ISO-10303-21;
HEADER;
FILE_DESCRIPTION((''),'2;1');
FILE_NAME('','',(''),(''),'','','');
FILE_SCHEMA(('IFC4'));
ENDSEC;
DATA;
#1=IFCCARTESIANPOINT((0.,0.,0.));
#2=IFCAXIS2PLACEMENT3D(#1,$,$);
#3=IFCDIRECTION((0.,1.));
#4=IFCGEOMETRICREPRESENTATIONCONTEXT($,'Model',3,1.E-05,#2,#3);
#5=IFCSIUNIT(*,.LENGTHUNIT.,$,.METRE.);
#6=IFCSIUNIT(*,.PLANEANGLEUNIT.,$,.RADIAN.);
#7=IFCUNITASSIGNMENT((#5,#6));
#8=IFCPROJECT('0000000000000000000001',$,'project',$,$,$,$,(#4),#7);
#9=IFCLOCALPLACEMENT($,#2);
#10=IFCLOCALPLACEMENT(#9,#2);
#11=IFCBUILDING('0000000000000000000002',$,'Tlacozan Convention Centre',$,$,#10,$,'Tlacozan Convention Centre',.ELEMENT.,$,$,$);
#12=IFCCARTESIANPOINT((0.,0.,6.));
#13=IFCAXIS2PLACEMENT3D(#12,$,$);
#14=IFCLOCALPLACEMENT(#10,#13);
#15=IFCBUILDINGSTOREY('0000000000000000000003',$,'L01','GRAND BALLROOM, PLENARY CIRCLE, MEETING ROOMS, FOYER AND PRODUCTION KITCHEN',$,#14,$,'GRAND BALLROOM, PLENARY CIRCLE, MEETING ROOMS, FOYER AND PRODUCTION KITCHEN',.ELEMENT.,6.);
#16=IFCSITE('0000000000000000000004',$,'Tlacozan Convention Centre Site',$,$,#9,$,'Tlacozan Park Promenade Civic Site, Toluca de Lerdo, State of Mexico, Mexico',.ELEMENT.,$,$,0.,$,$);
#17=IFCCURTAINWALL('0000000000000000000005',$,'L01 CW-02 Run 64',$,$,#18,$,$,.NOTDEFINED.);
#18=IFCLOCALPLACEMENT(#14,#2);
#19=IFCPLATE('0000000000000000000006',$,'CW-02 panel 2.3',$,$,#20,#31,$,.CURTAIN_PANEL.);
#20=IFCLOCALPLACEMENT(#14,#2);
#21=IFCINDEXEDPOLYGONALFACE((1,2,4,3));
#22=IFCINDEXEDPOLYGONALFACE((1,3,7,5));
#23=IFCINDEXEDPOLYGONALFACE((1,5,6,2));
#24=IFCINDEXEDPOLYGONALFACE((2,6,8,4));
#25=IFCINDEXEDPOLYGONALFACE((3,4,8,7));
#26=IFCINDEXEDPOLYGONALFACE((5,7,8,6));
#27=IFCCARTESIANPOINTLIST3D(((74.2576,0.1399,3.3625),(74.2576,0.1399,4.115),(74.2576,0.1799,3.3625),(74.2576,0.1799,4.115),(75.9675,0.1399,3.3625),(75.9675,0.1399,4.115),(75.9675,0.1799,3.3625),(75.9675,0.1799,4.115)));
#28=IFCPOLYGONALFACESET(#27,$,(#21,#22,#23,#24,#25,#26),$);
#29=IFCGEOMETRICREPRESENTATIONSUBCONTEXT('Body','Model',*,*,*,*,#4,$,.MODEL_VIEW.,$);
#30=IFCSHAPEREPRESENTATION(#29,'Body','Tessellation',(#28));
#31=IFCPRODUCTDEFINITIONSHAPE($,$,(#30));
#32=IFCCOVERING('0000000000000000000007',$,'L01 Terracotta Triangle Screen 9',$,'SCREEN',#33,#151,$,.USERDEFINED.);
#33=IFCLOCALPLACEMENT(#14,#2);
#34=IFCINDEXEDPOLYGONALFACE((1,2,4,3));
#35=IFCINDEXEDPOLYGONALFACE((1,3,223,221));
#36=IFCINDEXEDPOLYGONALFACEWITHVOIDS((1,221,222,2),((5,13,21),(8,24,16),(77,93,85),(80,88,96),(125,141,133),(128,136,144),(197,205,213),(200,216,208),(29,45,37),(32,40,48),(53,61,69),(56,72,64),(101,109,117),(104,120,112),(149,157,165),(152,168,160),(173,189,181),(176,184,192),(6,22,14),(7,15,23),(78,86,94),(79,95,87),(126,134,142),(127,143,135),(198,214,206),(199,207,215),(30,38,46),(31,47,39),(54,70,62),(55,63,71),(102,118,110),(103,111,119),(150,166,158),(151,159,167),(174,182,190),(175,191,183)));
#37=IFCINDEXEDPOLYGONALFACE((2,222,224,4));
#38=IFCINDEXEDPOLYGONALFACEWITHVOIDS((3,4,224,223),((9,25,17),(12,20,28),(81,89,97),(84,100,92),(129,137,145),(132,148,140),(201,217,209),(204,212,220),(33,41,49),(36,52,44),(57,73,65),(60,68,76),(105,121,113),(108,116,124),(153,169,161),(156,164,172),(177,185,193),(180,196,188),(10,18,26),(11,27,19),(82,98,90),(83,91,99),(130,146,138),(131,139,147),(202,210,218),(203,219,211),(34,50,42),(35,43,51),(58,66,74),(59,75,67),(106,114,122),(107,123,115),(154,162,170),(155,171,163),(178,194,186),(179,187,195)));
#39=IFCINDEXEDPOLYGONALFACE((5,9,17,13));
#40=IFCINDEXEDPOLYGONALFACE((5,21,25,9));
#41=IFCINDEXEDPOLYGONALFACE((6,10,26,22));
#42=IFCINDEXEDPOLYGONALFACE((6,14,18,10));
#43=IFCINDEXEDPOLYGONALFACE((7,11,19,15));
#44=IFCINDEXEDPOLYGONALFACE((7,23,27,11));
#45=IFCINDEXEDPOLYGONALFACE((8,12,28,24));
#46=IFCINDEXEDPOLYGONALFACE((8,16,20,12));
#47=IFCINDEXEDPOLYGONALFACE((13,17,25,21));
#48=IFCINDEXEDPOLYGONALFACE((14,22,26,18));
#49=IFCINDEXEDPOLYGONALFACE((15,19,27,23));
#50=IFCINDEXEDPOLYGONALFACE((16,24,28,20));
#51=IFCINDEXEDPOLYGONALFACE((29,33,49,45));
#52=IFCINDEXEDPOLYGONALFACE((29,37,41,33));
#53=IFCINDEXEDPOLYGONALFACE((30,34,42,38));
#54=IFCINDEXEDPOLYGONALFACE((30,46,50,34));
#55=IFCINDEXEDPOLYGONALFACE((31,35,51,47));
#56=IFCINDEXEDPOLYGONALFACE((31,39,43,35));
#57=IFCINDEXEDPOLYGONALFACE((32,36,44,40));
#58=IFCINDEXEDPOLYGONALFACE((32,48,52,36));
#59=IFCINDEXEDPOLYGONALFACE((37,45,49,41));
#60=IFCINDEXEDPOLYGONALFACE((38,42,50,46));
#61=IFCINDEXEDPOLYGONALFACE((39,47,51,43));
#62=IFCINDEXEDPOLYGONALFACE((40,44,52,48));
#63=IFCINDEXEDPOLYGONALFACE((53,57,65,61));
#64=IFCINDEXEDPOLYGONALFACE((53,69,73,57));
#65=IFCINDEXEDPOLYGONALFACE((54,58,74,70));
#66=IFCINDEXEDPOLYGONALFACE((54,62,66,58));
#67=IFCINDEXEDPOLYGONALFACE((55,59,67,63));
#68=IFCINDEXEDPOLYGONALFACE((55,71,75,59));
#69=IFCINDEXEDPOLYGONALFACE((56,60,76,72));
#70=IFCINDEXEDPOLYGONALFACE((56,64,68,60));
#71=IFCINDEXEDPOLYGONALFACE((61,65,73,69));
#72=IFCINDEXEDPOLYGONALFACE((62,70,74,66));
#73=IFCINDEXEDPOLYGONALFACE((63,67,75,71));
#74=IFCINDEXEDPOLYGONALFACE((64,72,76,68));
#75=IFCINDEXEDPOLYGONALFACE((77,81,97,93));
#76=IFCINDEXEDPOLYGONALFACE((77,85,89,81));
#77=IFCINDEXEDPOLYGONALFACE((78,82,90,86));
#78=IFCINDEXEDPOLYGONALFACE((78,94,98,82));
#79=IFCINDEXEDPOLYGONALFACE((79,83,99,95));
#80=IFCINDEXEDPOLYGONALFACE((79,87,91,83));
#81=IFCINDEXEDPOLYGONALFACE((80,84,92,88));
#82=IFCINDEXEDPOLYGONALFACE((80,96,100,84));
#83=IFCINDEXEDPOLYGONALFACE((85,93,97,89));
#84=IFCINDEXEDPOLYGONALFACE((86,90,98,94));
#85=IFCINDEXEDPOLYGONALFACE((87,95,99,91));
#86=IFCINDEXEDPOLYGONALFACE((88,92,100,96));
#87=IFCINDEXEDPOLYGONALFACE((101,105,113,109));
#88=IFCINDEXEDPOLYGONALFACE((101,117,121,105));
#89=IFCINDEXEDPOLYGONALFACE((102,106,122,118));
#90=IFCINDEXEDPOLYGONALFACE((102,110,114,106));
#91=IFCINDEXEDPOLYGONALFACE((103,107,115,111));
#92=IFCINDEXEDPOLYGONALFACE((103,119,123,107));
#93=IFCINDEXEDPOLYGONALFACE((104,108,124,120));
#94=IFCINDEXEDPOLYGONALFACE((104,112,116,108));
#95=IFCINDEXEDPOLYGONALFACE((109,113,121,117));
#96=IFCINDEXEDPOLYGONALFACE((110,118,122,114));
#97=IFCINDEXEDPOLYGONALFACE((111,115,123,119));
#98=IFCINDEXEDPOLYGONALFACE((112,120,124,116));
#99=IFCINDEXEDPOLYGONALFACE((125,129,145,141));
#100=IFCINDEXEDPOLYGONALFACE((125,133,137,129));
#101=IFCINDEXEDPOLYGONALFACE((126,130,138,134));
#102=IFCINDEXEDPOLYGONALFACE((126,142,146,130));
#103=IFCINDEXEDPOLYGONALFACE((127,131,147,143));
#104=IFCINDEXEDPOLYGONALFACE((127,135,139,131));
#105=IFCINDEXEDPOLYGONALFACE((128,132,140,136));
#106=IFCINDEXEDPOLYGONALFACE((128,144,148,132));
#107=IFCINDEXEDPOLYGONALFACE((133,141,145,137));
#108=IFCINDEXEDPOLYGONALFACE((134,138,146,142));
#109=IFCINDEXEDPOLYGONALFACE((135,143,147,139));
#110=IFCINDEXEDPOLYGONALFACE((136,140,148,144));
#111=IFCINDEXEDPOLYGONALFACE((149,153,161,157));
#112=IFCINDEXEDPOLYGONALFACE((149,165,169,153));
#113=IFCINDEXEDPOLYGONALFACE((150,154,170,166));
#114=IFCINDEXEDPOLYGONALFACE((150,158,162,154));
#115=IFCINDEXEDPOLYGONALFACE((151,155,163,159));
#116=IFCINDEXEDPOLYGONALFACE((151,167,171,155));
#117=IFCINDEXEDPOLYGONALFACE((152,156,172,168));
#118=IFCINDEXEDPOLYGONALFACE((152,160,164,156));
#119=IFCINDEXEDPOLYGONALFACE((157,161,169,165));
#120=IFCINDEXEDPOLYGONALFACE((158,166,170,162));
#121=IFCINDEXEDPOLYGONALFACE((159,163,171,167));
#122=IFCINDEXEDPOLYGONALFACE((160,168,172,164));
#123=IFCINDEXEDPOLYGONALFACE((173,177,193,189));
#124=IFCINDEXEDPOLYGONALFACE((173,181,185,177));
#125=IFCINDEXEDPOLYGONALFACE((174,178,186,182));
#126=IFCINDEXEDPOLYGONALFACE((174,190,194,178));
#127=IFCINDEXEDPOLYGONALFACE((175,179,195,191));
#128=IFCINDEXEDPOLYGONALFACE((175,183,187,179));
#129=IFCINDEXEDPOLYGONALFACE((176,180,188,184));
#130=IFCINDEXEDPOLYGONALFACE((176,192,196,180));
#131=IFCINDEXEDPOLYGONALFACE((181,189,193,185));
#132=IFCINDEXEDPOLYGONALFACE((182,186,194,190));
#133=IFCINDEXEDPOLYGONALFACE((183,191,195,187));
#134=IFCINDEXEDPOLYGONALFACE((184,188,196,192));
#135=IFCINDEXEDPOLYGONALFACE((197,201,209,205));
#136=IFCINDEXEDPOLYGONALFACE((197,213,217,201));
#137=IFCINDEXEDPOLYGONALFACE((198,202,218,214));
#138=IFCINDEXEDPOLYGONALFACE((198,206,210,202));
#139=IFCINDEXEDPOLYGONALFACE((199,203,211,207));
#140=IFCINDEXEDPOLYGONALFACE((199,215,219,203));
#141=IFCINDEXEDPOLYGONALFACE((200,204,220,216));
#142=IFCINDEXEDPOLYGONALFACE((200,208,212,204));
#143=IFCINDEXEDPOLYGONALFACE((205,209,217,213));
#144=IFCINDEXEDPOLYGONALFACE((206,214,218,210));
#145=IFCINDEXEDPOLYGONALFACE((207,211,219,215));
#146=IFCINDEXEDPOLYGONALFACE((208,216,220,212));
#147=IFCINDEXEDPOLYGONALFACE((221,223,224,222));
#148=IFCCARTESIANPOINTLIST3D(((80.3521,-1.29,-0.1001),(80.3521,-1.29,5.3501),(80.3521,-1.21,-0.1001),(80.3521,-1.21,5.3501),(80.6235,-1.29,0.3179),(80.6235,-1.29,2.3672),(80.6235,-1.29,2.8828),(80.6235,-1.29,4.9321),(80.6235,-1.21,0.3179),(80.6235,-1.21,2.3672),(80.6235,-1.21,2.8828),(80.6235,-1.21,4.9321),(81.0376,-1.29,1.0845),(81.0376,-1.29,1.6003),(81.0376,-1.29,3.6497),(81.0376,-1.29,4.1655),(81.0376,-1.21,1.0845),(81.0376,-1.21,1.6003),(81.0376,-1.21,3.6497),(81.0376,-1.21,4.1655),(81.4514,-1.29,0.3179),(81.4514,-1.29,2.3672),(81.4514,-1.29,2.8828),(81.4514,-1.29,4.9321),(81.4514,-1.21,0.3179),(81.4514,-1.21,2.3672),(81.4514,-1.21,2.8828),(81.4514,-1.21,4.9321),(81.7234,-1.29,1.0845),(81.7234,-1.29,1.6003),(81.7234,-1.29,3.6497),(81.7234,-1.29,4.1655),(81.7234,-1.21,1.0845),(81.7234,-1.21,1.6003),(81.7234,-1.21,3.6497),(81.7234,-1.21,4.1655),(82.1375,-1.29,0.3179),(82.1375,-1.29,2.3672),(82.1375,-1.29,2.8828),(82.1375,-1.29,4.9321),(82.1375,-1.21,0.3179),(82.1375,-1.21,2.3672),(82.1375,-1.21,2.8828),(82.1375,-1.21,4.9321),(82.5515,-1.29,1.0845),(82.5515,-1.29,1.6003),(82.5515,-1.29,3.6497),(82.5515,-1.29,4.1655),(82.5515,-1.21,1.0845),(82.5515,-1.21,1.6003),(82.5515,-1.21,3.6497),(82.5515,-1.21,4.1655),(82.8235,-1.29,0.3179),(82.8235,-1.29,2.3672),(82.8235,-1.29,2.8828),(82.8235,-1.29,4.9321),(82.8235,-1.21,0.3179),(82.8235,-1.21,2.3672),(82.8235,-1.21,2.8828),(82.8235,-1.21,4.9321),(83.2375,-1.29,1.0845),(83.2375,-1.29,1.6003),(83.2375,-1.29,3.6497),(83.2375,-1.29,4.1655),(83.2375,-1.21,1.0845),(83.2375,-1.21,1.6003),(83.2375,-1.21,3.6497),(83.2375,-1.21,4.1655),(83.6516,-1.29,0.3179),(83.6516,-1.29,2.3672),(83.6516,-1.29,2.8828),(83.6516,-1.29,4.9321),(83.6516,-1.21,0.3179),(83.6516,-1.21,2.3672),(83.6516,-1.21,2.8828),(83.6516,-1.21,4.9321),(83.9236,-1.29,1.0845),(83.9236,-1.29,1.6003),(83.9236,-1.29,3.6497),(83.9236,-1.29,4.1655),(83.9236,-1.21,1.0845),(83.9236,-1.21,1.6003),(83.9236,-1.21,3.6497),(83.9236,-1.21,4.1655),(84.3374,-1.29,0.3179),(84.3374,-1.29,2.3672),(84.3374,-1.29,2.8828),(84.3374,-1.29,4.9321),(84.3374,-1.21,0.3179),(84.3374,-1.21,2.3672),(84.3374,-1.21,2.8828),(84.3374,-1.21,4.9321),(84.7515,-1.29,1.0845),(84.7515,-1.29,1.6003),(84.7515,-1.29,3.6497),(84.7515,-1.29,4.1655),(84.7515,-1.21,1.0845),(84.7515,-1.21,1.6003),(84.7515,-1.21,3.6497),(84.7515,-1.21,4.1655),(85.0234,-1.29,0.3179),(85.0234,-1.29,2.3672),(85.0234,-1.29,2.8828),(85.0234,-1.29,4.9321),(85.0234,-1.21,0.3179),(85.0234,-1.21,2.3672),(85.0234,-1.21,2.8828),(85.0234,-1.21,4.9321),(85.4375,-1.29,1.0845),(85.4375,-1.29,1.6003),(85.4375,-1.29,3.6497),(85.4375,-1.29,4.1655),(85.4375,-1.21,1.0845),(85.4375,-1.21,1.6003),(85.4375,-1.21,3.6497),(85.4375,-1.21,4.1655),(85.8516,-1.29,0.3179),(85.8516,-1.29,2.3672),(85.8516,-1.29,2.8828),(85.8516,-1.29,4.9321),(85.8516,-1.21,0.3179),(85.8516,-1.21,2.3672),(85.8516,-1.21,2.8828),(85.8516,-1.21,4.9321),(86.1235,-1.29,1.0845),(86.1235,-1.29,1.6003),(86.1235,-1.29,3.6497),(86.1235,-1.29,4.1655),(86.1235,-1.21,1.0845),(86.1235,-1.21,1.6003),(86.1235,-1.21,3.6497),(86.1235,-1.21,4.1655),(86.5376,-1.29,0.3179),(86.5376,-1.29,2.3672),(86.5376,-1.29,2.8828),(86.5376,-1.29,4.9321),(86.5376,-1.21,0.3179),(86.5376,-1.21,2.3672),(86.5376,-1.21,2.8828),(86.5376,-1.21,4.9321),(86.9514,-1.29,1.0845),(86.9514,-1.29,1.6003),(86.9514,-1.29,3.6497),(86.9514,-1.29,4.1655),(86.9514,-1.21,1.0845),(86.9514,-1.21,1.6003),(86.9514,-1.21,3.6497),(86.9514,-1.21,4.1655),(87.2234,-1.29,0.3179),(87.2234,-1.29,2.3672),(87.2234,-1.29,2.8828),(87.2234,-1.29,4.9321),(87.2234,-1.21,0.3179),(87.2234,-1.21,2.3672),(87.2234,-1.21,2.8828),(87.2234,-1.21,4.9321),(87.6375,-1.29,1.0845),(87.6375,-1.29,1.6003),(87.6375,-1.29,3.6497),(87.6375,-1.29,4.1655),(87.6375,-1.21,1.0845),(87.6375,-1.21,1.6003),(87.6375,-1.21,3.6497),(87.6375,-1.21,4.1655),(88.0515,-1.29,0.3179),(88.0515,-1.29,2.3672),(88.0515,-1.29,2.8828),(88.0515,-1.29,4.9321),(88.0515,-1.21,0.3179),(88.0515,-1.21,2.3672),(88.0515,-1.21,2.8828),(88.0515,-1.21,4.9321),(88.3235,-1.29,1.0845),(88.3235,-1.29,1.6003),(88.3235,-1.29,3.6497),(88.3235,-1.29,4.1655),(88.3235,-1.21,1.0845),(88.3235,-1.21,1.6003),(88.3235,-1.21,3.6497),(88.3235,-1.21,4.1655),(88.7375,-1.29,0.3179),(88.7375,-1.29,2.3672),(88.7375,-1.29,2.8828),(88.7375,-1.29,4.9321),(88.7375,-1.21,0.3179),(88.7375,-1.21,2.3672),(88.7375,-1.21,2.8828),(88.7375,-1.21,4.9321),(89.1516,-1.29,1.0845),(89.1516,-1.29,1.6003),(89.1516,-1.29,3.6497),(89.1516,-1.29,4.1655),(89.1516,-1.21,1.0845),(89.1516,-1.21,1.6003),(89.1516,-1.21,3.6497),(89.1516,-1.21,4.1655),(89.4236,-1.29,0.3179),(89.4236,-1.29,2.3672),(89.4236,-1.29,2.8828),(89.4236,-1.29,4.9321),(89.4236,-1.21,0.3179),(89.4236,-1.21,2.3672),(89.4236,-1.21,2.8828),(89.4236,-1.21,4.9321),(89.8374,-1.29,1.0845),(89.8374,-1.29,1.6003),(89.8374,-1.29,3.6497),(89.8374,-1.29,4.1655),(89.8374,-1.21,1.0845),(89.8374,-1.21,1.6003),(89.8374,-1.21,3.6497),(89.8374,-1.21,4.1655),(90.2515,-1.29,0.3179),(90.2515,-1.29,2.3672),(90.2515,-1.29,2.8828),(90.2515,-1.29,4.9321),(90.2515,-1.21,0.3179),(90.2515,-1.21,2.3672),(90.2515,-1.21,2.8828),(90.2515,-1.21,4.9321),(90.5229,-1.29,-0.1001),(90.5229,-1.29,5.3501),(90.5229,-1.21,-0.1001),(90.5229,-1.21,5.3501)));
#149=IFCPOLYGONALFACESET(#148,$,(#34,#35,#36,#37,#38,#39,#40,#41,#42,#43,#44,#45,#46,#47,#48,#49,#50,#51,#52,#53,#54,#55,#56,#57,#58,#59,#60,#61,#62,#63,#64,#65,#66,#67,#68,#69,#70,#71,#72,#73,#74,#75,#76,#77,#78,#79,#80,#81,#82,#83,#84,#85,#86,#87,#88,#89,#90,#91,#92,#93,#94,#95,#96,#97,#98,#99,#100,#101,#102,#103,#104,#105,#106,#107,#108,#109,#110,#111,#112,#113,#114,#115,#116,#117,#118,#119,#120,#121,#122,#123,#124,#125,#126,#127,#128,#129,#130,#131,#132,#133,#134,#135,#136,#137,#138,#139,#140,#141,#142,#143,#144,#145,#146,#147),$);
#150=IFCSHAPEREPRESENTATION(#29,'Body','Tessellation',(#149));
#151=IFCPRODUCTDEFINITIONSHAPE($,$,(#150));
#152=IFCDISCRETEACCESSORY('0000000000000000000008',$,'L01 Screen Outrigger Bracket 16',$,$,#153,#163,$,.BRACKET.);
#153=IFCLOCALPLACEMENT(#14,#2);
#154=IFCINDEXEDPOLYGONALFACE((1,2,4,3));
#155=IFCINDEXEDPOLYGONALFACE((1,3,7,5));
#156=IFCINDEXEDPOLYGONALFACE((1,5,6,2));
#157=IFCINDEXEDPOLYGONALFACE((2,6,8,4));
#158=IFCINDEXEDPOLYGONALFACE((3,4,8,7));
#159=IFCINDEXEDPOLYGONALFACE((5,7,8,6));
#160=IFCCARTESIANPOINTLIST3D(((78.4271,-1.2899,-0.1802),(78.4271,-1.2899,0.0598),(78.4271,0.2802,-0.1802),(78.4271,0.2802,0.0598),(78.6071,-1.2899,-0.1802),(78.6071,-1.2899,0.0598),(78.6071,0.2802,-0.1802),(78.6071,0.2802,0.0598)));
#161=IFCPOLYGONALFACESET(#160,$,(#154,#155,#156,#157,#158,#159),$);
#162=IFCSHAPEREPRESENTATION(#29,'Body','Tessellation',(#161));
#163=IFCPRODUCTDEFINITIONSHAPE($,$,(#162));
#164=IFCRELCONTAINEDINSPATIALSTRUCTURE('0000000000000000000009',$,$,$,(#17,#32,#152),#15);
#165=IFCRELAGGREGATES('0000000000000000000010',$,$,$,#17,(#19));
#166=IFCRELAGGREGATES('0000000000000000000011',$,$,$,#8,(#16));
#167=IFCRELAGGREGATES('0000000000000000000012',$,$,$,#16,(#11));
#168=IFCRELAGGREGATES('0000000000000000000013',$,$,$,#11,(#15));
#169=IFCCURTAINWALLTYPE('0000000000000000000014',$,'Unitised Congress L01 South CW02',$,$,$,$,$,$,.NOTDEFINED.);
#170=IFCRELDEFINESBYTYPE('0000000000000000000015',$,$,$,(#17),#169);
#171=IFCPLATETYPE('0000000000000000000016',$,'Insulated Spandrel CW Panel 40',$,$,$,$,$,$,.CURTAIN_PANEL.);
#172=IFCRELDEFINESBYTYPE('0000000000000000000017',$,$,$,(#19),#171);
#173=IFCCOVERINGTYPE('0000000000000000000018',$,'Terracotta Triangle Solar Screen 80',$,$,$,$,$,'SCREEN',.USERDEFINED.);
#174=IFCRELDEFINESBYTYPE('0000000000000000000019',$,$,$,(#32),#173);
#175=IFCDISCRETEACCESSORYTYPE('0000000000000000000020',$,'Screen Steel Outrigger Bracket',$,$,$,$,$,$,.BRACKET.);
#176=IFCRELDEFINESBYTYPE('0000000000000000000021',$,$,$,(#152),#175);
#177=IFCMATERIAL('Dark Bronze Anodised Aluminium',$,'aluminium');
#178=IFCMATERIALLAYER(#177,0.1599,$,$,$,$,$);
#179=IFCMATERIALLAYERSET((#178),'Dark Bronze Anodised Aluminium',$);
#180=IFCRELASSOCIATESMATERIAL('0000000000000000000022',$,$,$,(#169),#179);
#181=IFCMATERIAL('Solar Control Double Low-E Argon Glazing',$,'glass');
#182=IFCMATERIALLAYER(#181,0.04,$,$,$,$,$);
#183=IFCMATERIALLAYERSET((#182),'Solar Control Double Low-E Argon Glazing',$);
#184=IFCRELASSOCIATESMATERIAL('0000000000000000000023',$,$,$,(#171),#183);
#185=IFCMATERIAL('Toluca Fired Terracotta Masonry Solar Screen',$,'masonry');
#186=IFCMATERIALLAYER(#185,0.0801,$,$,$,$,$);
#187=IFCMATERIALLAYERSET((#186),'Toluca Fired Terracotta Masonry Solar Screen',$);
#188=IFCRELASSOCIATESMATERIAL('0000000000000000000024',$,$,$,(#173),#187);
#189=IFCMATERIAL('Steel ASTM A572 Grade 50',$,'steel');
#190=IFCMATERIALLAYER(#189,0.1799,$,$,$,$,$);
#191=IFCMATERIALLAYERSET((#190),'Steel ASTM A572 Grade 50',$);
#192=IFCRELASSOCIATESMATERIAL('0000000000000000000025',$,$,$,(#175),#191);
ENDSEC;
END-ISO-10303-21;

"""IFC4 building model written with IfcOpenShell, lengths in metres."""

from ifc_helpers import new_model, si_unit, direction, frame, origin, origin_2d, place, context, subcontext, project, spatial, polyline, rectangle, outline, extrude, material, layer, layer_set, type_object, element, aggregate, save


model = new_model("IFC4")

# Units and contexts
model_context = context("Model", 3, precision=1e-05, world=origin(), true_north=direction((0.0, 1.0)))
body_context = subcontext(model_context, "Body", "Model", "MODEL_VIEW")
ifc_project = project(units=[si_unit("LENGTHUNIT", "METRE"), si_unit("PLANEANGLEUNIT", "RADIAN")], contexts=[model_context])

# Site, building, storey
site_placement = place(None, origin())
site = spatial("IfcSite", under=ifc_project, at=site_placement, Name="Tlacozan Convention Centre Site", LongName="Tlacozan Park Promenade Civic Site, Toluca de Lerdo, State of Mexico, Mexico", CompositionType="ELEMENT", RefElevation=0.0)
building_placement = place(site_placement, origin())
building = spatial("IfcBuilding", under=site, at=building_placement, Name="Tlacozan Convention Centre", LongName="Tlacozan Convention Centre", CompositionType="ELEMENT")
storey_placement = place(building_placement, frame((0.0, 0.0, 6.0)))
storey = spatial("IfcBuildingStorey", under=building, at=storey_placement, Name="L01", Description="GRAND BALLROOM, PLENARY CIRCLE, MEETING ROOMS, FOYER AND PRODUCTION KITCHEN", LongName="GRAND BALLROOM, PLENARY CIRCLE, MEETING ROOMS, FOYER AND PRODUCTION KITCHEN", CompositionType="ELEMENT", Elevation=6.0)

# Curtain wall
ifc_material_1 = material(Name="Dark Bronze Anodised Aluminium", Category="aluminium")
ifc_layer_1 = layer(ifc_material_1, 0.1599)
ifc_layer_set_1 = layer_set([ifc_layer_1], Name="Dark Bronze Anodised Aluminium")
curtain_wall_type = type_object("IfcCurtainWallType", Name="Unitised Congress L01 South CW02", PredefinedType="NOTDEFINED", material=ifc_layer_set_1)
curtain_wall_placement = place(storey_placement, origin())
curtain_wall = element("IfcCurtainWall", 1, at=curtain_wall_placement, inside=storey, type_object=curtain_wall_type, Name="L01 CW-02 Run 64", PredefinedType="NOTDEFINED")

# Plate
ifc_material_2 = material(Name="Solar Control Double Low-E Argon Glazing", Category="glass")
ifc_layer_2 = layer(ifc_material_2, 0.04)
ifc_layer_set_2 = layer_set([ifc_layer_2], Name="Solar Control Double Low-E Argon Glazing")
plate_type = type_object("IfcPlateType", Name="Insulated Spandrel CW Panel 40", PredefinedType="CURTAIN_PANEL", material=ifc_layer_set_2)
plate_1_placement = place(storey_placement, frame((75.1125, 0.1599, 3.3625), z_axis=(0.0, 0.0, 1.0), x_axis=(1.0, 0.0, 0.0)))
plate_1 = element("IfcPlate", 2, at=plate_1_placement, type_object=plate_type, Name="CW-02 panel 2.3", PredefinedType="CURTAIN_PANEL", context=body_context, shape_type="SweptSolid", body=[
    extrude(rectangle(XDim=1.71, YDim=0.04, at=origin_2d()), origin(), (0.0, 0.0, 1.0), 0.7524),
])
aggregate(curtain_wall, [plate_1])

# Covering
ifc_material_3 = material(Name="Toluca Fired Terracotta Masonry Solar Screen", Category="masonry")
ifc_layer_3 = layer(ifc_material_3, 0.0801)
ifc_layer_set_3 = layer_set([ifc_layer_3], Name="Toluca Fired Terracotta Masonry Solar Screen")
covering_type = type_object("IfcCoveringType", Name="Terracotta Triangle Solar Screen 80", ElementType="SCREEN", PredefinedType="USERDEFINED", material=ifc_layer_set_3)
covering_placement = place(storey_placement, frame((80.3521, -1.25, -0.1001), z_axis=(0.0, 0.0, 1.0), x_axis=(1.0, 0.0, 0.0)))
element("IfcCovering", 3, at=covering_placement, inside=storey, type_object=covering_type, Name="L01 Terracotta Triangle Screen 9", ObjectType="SCREEN", PredefinedType="USERDEFINED", context=body_context, shape_type="SweptSolid", body=[
    extrude(outline(polyline([(0.0, 0.0), (10.1709, 0.0), (10.1709, 5.4502), (0.0, 5.4502), (0.0, 0.0)]), holes=[polyline([(0.2715, 0.418), (1.0994, 0.418), (0.6855, 1.1846), (0.2715, 0.418)]), polyline([(1.3713, 1.1846), (2.1995, 1.1846), (1.7854, 0.418), (1.3713, 1.1846)]), polyline([(2.4714, 0.418), (3.2996, 0.418), (2.8855, 1.1846), (2.4714, 0.418)]), polyline([(3.5715, 1.1846), (4.3994, 1.1846), (3.9854, 0.418), (3.5715, 1.1846)]), polyline([(4.6714, 0.418), (5.4995, 0.418), (5.0854, 1.1846), (4.6714, 0.418)]), polyline([(5.7715, 1.1846), (6.5994, 1.1846), (6.1855, 0.418), (5.7715, 1.1846)]), polyline([(6.8713, 0.418), (7.6995, 0.418), (7.2854, 1.1846), (6.8713, 0.418)]), polyline([(7.9714, 1.1846), (8.7996, 1.1846), (8.3855, 0.418), (7.9714, 1.1846)]), polyline([(9.0715, 0.418), (9.8994, 0.418), (9.4854, 1.1846), (9.0715, 0.418)]), polyline([(0.2715, 2.4673), (1.0994, 2.4673), (0.6855, 1.7004), (0.2715, 2.4673)]), polyline([(1.3713, 1.7004), (2.1995, 1.7004), (1.7854, 2.4673), (1.3713, 1.7004)]), polyline([(2.4714, 2.4673), (3.2996, 2.4673), (2.8855, 1.7004), (2.4714, 2.4673)]), polyline([(3.5715, 1.7004), (4.3994, 1.7004), (3.9854, 2.4673), (3.5715, 1.7004)]), polyline([(4.6714, 2.4673), (5.4995, 2.4673), (5.0854, 1.7004), (4.6714, 2.4673)]), polyline([(5.7715, 1.7004), (6.5994, 1.7004), (6.1855, 2.4673), (5.7715, 1.7004)]), polyline([(6.8713, 2.4673), (7.6995, 2.4673), (7.2854, 1.7004), (6.8713, 2.4673)]), polyline([(7.9714, 1.7004), (8.7996, 1.7004), (8.3855, 2.4673), (7.9714, 1.7004)]), polyline([(9.0715, 2.4673), (9.8994, 2.4673), (9.4854, 1.7004), (9.0715, 2.4673)]), polyline([(0.2715, 2.9829), (1.0994, 2.9829), (0.6855, 3.7498), (0.2715, 2.9829)]), polyline([(1.3713, 3.7498), (2.1995, 3.7498), (1.7854, 2.9829), (1.3713, 3.7498)]), polyline([(2.4714, 2.9829), (3.2996, 2.9829), (2.8855, 3.7498), (2.4714, 2.9829)]), polyline([(3.5715, 3.7498), (4.3994, 3.7498), (3.9854, 2.9829), (3.5715, 3.7498)]), polyline([(4.6714, 2.9829), (5.4995, 2.9829), (5.0854, 3.7498), (4.6714, 2.9829)]), polyline([(5.7715, 3.7498), (6.5994, 3.7498), (6.1855, 2.9829), (5.7715, 3.7498)]), polyline([(6.8713, 2.9829), (7.6995, 2.9829), (7.2854, 3.7498), (6.8713, 2.9829)]), polyline([(7.9714, 3.7498), (8.7996, 3.7498), (8.3855, 2.9829), (7.9714, 3.7498)]), polyline([(9.0715, 2.9829), (9.8994, 2.9829), (9.4854, 3.7498), (9.0715, 2.9829)]), polyline([(0.2715, 5.0322), (1.0994, 5.0322), (0.6855, 4.2656), (0.2715, 5.0322)]), polyline([(1.3713, 4.2656), (2.1995, 4.2656), (1.7854, 5.0322), (1.3713, 4.2656)]), polyline([(2.4714, 5.0322), (3.2996, 5.0322), (2.8855, 4.2656), (2.4714, 5.0322)]), polyline([(3.5715, 4.2656), (4.3994, 4.2656), (3.9854, 5.0322), (3.5715, 4.2656)]), polyline([(4.6714, 5.0322), (5.4995, 5.0322), (5.0854, 4.2656), (4.6714, 5.0322)]), polyline([(5.7715, 4.2656), (6.5994, 4.2656), (6.1855, 5.0322), (5.7715, 4.2656)]), polyline([(6.8713, 5.0322), (7.6995, 5.0322), (7.2854, 4.2656), (6.8713, 5.0322)]), polyline([(7.9714, 4.2656), (8.7996, 4.2656), (8.3855, 5.0322), (7.9714, 4.2656)]), polyline([(9.0715, 5.0322), (9.8994, 5.0322), (9.4854, 4.2656), (9.0715, 5.0322)])]), frame((0.0, 0.04, 0.0), z_axis=(0.0, -1.0, 0.0), x_axis=(1.0, 0.0, 0.0)), (0.0, 0.0, 1.0), 0.0801),
])

# Discrete accessory
ifc_material_4 = material(Name="Steel ASTM A572 Grade 50", Category="steel")
ifc_layer_4 = layer(ifc_material_4, 0.1799)
ifc_layer_set_4 = layer_set([ifc_layer_4], Name="Steel ASTM A572 Grade 50")
discrete_accessory_type = type_object("IfcDiscreteAccessoryType", Name="Screen Steel Outrigger Bracket", PredefinedType="BRACKET", material=ifc_layer_set_4)
discrete_accessory_placement = place(storey_placement, frame((78.5171, -0.5049, -0.1802), z_axis=(0.0, 0.0, 1.0), x_axis=(0.0, 1.0, 0.0)))
element("IfcDiscreteAccessory", 4, at=discrete_accessory_placement, inside=storey, type_object=discrete_accessory_type, Name="L01 Screen Outrigger Bracket 16", PredefinedType="BRACKET", context=body_context, shape_type="SweptSolid", body=[
    extrude(rectangle(XDim=1.5701, YDim=0.1799, at=origin_2d()), origin(), (0.0, 0.0, 1.0), 0.24),
])

save(model, "model.ifc")
